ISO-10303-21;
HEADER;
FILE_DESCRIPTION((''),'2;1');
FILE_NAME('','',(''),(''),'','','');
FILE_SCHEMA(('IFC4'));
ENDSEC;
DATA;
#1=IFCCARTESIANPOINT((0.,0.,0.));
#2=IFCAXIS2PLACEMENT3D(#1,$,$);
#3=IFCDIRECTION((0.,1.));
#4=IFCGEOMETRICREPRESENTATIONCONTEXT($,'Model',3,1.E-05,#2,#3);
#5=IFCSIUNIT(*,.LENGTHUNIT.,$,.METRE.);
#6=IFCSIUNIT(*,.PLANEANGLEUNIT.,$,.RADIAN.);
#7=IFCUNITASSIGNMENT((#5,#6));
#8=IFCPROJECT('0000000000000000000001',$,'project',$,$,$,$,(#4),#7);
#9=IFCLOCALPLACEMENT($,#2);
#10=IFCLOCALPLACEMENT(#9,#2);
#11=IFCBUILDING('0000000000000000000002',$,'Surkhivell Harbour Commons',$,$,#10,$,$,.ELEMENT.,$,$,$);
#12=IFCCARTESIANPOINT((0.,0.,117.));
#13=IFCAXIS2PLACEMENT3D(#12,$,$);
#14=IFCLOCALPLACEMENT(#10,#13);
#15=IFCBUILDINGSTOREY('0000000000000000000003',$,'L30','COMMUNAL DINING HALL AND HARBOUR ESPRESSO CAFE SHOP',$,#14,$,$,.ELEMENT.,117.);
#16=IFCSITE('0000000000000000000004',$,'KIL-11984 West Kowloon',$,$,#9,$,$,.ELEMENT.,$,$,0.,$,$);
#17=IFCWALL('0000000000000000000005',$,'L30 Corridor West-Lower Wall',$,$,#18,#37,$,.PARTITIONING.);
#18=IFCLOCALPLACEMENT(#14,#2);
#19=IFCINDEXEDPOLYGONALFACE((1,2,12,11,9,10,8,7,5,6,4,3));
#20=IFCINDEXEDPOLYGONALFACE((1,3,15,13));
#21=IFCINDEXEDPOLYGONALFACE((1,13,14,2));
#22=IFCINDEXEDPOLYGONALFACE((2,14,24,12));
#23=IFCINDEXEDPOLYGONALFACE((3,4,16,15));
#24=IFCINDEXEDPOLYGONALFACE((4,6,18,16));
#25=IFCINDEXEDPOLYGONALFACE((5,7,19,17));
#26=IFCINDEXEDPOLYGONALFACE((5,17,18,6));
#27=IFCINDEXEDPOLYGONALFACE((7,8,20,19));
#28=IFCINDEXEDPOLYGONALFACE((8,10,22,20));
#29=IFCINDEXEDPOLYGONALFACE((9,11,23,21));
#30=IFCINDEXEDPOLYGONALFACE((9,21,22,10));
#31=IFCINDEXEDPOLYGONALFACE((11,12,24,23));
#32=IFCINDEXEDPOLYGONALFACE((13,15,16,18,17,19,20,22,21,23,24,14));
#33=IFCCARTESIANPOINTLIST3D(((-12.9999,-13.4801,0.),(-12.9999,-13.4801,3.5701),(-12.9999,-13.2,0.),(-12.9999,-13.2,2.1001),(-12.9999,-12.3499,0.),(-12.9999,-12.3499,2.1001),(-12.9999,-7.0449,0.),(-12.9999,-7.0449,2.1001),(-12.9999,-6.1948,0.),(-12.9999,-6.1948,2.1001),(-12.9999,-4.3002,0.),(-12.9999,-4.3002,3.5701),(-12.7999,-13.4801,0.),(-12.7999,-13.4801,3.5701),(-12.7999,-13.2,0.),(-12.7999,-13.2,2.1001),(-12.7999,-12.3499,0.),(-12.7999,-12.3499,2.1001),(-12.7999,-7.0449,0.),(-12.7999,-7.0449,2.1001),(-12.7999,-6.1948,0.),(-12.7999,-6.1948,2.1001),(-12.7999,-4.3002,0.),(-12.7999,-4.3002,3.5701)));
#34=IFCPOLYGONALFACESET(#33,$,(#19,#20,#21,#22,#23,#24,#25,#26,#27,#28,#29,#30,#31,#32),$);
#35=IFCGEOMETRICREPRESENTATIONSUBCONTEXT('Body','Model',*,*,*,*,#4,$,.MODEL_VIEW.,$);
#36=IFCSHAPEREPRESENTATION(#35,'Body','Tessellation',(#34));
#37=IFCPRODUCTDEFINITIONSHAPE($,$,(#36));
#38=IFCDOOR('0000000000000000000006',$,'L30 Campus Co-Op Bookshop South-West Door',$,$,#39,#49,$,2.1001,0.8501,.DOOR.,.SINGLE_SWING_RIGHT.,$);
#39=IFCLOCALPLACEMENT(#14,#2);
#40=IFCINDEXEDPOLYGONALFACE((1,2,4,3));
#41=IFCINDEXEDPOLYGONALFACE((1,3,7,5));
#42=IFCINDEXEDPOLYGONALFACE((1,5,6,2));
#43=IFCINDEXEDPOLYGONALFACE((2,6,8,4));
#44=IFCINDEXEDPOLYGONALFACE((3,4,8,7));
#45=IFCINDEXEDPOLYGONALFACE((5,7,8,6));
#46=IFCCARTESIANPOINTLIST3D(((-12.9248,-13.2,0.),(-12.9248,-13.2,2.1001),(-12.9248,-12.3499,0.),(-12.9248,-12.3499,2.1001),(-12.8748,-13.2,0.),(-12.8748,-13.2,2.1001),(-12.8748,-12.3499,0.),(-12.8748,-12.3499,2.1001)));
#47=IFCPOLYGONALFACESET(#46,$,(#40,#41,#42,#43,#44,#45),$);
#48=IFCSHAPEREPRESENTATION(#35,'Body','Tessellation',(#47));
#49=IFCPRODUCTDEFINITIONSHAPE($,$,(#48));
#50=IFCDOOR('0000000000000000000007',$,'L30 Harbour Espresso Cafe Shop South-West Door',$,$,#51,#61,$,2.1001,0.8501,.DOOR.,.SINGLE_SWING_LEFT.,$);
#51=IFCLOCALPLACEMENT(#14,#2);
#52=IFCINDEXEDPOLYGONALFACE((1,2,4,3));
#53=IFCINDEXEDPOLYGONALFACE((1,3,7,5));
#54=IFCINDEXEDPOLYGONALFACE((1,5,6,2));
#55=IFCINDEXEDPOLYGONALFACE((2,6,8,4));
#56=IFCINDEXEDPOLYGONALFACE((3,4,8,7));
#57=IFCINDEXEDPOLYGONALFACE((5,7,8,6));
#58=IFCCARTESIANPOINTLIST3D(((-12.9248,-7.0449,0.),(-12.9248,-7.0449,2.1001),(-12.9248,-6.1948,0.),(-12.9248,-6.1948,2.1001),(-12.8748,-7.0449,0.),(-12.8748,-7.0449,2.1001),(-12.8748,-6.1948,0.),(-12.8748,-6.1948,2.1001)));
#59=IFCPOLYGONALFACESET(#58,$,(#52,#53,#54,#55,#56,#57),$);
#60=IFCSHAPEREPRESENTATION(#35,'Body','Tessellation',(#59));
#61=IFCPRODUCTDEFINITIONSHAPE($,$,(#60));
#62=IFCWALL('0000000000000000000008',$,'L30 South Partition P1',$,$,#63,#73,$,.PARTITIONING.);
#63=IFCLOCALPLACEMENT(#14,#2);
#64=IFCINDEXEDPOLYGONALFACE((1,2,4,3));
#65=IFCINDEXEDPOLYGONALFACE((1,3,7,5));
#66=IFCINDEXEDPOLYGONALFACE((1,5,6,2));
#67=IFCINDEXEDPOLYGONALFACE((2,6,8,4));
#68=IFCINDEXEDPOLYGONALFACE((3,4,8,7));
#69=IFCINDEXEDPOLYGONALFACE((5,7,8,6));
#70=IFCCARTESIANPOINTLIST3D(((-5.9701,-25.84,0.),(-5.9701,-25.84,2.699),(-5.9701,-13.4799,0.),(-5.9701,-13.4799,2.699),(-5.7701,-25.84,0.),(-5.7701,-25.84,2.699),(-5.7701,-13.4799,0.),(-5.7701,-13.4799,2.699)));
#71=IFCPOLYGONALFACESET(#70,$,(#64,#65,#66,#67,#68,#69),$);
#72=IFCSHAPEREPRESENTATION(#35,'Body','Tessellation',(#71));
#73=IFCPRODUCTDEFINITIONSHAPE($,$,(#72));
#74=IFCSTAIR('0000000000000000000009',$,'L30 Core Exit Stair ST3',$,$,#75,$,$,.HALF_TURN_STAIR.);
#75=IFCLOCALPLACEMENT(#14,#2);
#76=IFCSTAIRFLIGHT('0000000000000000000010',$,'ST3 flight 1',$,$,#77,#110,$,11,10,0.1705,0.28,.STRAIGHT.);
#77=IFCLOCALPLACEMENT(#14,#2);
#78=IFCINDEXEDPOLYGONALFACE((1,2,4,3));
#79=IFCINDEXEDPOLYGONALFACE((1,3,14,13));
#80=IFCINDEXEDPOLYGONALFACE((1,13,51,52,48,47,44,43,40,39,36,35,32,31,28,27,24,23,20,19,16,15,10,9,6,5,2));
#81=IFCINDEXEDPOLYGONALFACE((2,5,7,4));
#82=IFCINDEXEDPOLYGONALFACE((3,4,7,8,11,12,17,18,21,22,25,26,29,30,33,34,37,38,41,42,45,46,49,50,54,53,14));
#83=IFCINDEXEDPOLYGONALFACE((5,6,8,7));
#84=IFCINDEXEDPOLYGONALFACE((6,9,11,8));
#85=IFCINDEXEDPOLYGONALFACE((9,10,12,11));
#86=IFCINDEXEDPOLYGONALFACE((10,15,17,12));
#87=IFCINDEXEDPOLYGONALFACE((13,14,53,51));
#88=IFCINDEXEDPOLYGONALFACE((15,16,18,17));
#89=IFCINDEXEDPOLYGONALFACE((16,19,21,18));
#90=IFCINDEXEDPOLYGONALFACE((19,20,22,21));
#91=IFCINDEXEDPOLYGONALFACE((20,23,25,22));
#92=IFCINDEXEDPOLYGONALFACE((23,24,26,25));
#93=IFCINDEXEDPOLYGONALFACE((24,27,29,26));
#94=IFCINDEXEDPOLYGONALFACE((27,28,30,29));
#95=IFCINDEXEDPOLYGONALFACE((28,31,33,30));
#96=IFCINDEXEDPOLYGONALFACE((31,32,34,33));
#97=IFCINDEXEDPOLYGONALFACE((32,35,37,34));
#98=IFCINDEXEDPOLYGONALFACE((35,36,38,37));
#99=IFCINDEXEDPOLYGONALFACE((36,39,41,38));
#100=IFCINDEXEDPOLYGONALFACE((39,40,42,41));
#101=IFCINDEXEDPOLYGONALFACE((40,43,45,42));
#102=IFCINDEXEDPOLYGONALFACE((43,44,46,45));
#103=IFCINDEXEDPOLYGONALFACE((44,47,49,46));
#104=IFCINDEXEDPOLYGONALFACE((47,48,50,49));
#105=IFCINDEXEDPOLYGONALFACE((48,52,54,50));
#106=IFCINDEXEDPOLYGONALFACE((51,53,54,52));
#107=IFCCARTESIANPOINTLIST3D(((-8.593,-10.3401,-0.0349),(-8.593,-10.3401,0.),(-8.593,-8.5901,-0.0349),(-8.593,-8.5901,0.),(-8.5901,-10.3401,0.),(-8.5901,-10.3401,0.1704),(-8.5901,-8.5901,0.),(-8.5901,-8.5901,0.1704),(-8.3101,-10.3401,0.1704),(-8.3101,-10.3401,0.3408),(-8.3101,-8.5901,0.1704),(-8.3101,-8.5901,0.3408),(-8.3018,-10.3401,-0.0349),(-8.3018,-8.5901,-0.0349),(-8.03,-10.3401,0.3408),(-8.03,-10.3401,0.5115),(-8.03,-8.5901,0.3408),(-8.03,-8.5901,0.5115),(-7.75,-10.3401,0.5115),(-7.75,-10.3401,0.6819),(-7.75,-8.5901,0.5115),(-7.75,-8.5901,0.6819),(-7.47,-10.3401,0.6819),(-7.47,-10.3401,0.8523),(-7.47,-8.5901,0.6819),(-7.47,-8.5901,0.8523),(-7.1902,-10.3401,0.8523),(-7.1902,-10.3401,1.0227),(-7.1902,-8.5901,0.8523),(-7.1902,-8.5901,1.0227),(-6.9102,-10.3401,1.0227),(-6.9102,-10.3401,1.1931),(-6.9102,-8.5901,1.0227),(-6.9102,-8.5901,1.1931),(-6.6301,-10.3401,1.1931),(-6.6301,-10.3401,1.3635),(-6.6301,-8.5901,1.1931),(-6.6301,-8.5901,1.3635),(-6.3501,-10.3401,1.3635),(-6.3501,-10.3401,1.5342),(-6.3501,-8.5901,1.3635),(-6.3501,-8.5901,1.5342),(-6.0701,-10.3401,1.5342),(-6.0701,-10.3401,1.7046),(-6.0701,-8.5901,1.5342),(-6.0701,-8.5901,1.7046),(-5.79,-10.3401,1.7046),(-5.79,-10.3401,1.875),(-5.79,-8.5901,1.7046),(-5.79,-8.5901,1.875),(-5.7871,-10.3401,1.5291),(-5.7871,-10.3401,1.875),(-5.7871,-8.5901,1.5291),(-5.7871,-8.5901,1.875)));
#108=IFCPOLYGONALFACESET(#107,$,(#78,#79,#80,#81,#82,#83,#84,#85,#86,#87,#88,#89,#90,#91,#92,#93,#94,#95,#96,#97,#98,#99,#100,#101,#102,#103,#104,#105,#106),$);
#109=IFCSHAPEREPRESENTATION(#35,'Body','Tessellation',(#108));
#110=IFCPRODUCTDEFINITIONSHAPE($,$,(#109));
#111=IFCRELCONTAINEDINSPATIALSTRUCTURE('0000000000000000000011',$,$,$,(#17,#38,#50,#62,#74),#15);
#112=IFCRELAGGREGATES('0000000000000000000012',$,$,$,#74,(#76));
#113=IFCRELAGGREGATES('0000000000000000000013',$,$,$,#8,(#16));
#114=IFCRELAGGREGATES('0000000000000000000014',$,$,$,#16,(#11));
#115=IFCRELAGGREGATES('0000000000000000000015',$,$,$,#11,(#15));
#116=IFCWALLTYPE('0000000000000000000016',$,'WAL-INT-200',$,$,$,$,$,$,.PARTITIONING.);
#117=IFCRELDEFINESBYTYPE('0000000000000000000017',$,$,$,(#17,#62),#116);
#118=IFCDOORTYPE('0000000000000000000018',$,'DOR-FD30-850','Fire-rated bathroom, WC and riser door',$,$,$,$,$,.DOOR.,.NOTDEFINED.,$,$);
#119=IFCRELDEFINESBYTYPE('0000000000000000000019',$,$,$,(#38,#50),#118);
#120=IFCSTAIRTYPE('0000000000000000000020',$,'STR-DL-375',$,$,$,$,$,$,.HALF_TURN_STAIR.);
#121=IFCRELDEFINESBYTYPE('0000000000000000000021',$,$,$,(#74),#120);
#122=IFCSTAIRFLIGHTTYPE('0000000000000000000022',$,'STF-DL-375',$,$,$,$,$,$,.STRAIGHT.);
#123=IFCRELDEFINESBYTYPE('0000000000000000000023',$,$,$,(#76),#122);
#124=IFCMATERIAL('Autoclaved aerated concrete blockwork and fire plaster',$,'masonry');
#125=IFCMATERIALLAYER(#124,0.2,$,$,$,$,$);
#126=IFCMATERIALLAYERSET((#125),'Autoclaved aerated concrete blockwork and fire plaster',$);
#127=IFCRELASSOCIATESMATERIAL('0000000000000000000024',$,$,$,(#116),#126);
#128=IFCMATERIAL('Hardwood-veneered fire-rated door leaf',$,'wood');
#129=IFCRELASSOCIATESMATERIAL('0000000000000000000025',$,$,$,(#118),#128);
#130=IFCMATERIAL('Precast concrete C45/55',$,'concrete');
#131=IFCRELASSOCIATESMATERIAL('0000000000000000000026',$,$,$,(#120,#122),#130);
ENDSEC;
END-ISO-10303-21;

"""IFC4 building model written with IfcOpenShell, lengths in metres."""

from ifc_helpers import new_model, si_unit, direction, frame, frame_2d, origin, place, context, subcontext, project, spatial, polyline, rectangle, outline, extrude, material, layer, layer_set, type_object, element, fill, aggregate, save


model = new_model("IFC4")

# Units and contexts
model_context = context("Model", 3, precision=1e-05, world=origin(), true_north=direction((0.0, 1.0)))
body_context = subcontext(model_context, "Body", "Model", "MODEL_VIEW")
ifc_project = project(units=[si_unit("LENGTHUNIT", "METRE"), si_unit("PLANEANGLEUNIT", "RADIAN")], contexts=[model_context])

# Site, building, storey
site_placement = place(None, origin())
site = spatial("IfcSite", under=ifc_project, at=site_placement, Name="KIL-11984 West Kowloon", CompositionType="ELEMENT", RefElevation=0.0)
building_placement = place(site_placement, origin())
building = spatial("IfcBuilding", under=site, at=building_placement, Name="Surkhivell Harbour Commons", CompositionType="ELEMENT")
storey_placement = place(building_placement, frame((0.0, 0.0, 117.0)))
storey = spatial("IfcBuildingStorey", under=building, at=storey_placement, Name="L30", Description="COMMUNAL DINING HALL AND HARBOUR ESPRESSO CAFE SHOP", CompositionType="ELEMENT", Elevation=117.0)

# Shared definitions
ifc_material_1 = material(Name="Autoclaved aerated concrete blockwork and fire plaster", Category="masonry")
ifc_layer_1 = layer(ifc_material_1, 0.2)
ifc_layer_set_1 = layer_set([ifc_layer_1], Name="Autoclaved aerated concrete blockwork and fire plaster")
wall_type_1 = type_object("IfcWallType", Name="WAL-INT-200", PredefinedType="PARTITIONING", material=ifc_layer_set_1)

# Wall, openings, doors
ifc_material_2 = material(Name="Hardwood-veneered fire-rated door leaf", Category="wood")
door_type = type_object("IfcDoorType", Name="DOR-FD30-850", Description="Fire-rated bathroom, WC and riser door", OperationType="NOTDEFINED", PredefinedType="DOOR", material=ifc_material_2)
wall_1_placement = place(storey_placement, frame((-12.8999, -13.48, 0.0), z_axis=(0.0, 0.0, 1.0), x_axis=(0.0, 1.0, 0.0)))
wall_1 = element("IfcWall", 1, at=wall_1_placement, inside=storey, type_object=wall_type_1, Name="L30 Corridor West-Lower Wall", PredefinedType="PARTITIONING", context=body_context, shape_type="SweptSolid", body=[
    extrude(rectangle(XDim=9.1799, YDim=0.2, at=frame_2d((4.5898, 0.0))), origin(), (0.0, 0.0, 1.0), 3.5701),
])
opening_1_placement = place(wall_1_placement, frame((0.28, 0.0, 0.0)))
opening_1 = element("IfcOpeningElement", 2, at=opening_1_placement, cuts=wall_1, PredefinedType="OPENING", context=body_context, shape_type="SweptSolid", body=[
    extrude(rectangle(XDim=0.8501, YDim=2.1001, at=frame_2d((0.425, 1.05))), frame((0.0, 0.1099, 0.0), z_axis=(0.0, -1.0, 0.0), x_axis=(1.0, 0.0, 0.0)), (0.0, 0.0, 1.0), 0.22),
])
opening_2_placement = place(wall_1_placement, frame((6.4351, 0.0, 0.0)))
opening_2 = element("IfcOpeningElement", 3, at=opening_2_placement, cuts=wall_1, PredefinedType="OPENING", context=body_context, shape_type="SweptSolid", body=[
    extrude(rectangle(XDim=0.8501, YDim=2.1001, at=frame_2d((0.425, 1.05))), frame((0.0, 0.1099, 0.0), z_axis=(0.0, -1.0, 0.0), x_axis=(1.0, 0.0, 0.0)), (0.0, 0.0, 1.0), 0.22),
])
door_1_placement = place(opening_1_placement, origin())
door_1 = element("IfcDoor", 4, at=door_1_placement, inside=storey, type_object=door_type, Name="L30 Campus Co-Op Bookshop South-West Door", OperationType="SINGLE_SWING_RIGHT", OverallHeight=2.1001, OverallWidth=0.8501, PredefinedType="DOOR", context=body_context, shape_type="SweptSolid", body=[
    extrude(rectangle(XDim=0.8501, YDim=2.1001, at=frame_2d((0.425, 1.05))), frame((0.0, 0.0249, 0.0), z_axis=(0.0, -1.0, 0.0), x_axis=(1.0, 0.0, 0.0)), (0.0, 0.0, 1.0), 0.05),
])
fill(opening_1, door_1)
door_2_placement = place(opening_2_placement, origin())
door_2 = element("IfcDoor", 5, at=door_2_placement, inside=storey, type_object=door_type, Name="L30 Harbour Espresso Cafe Shop South-West Door", OperationType="SINGLE_SWING_LEFT", OverallHeight=2.1001, OverallWidth=0.8501, PredefinedType="DOOR", context=body_context, shape_type="SweptSolid", body=[
    extrude(rectangle(XDim=0.8501, YDim=2.1001, at=frame_2d((0.425, 1.05))), frame((0.0, 0.0249, 0.0), z_axis=(0.0, -1.0, 0.0), x_axis=(1.0, 0.0, 0.0)), (0.0, 0.0, 1.0), 0.05),
])
fill(opening_2, door_2)

# Wall
wall_2_placement = place(storey_placement, frame((-5.8701, -25.8401, 0.0), z_axis=(0.0, 0.0, 1.0), x_axis=(0.0, 1.0, 0.0)))
element("IfcWall", 6, at=wall_2_placement, inside=storey, type_object=wall_type_1, Name="L30 South Partition P1", PredefinedType="PARTITIONING", context=body_context, shape_type="SweptSolid", body=[
    extrude(rectangle(XDim=12.3601, YDim=0.2, at=frame_2d((6.1802, 0.0))), origin(), (0.0, 0.0, 1.0), 2.699),
])

# Stair, stair flight
ifc_material_3 = material(Name="Precast concrete C45/55", Category="concrete")
stair_type = type_object("IfcStairType", Name="STR-DL-375", PredefinedType="HALF_TURN_STAIR", material=ifc_material_3)
stair_placement = place(storey_placement, origin())
stair = element("IfcStair", 7, at=stair_placement, inside=storey, type_object=stair_type, Name="L30 Core Exit Stair ST3", PredefinedType="HALF_TURN_STAIR")
stair_flight_type = type_object("IfcStairFlightType", Name="STF-DL-375", PredefinedType="STRAIGHT", material=ifc_material_3)
stair_flight_placement = place(storey_placement, frame((-8.5901, -9.4651, 0.0), z_axis=(0.0, 0.0, 1.0), x_axis=(1.0, 0.0, 0.0)))
stair_flight = element("IfcStairFlight", 8, at=stair_flight_placement, type_object=stair_flight_type, Name="ST3 flight 1", NumberOfRisers=11, NumberOfTreads=10, PredefinedType="STRAIGHT", RiserHeight=0.1705, TreadLength=0.28, context=body_context, shape_type="SweptSolid", body=[
    extrude(outline(polyline([(-0.0029, -0.0349), (-0.0029, 0.0), (0.0, 0.0), (0.0, 0.1704), (0.28, 0.1704), (0.28, 0.3408), (0.5601, 0.3408), (0.5601, 0.5115), (0.8401, 0.5115), (0.8401, 0.6819), (1.1201, 0.6819), (1.1201, 0.8523), (1.3999, 0.8523), (1.3999, 1.0227), (1.6799, 1.0227), (1.6799, 1.1931), (1.96, 1.1931), (1.96, 1.3635), (2.24, 1.3635), (2.24, 1.5342), (2.52, 1.5342), (2.52, 1.7046), (2.8, 1.7046), (2.8, 1.875), (2.803, 1.875), (2.803, 1.5291), (0.2883, -0.0349), (-0.0029, -0.0349)])), frame((0.0, 0.875, 0.0), z_axis=(0.0, -1.0, 0.0), x_axis=(1.0, 0.0, 0.0)), (0.0, 0.0, 1.0), 1.75),
])
aggregate(stair, [stair_flight])

save(model, "model.ifc")
